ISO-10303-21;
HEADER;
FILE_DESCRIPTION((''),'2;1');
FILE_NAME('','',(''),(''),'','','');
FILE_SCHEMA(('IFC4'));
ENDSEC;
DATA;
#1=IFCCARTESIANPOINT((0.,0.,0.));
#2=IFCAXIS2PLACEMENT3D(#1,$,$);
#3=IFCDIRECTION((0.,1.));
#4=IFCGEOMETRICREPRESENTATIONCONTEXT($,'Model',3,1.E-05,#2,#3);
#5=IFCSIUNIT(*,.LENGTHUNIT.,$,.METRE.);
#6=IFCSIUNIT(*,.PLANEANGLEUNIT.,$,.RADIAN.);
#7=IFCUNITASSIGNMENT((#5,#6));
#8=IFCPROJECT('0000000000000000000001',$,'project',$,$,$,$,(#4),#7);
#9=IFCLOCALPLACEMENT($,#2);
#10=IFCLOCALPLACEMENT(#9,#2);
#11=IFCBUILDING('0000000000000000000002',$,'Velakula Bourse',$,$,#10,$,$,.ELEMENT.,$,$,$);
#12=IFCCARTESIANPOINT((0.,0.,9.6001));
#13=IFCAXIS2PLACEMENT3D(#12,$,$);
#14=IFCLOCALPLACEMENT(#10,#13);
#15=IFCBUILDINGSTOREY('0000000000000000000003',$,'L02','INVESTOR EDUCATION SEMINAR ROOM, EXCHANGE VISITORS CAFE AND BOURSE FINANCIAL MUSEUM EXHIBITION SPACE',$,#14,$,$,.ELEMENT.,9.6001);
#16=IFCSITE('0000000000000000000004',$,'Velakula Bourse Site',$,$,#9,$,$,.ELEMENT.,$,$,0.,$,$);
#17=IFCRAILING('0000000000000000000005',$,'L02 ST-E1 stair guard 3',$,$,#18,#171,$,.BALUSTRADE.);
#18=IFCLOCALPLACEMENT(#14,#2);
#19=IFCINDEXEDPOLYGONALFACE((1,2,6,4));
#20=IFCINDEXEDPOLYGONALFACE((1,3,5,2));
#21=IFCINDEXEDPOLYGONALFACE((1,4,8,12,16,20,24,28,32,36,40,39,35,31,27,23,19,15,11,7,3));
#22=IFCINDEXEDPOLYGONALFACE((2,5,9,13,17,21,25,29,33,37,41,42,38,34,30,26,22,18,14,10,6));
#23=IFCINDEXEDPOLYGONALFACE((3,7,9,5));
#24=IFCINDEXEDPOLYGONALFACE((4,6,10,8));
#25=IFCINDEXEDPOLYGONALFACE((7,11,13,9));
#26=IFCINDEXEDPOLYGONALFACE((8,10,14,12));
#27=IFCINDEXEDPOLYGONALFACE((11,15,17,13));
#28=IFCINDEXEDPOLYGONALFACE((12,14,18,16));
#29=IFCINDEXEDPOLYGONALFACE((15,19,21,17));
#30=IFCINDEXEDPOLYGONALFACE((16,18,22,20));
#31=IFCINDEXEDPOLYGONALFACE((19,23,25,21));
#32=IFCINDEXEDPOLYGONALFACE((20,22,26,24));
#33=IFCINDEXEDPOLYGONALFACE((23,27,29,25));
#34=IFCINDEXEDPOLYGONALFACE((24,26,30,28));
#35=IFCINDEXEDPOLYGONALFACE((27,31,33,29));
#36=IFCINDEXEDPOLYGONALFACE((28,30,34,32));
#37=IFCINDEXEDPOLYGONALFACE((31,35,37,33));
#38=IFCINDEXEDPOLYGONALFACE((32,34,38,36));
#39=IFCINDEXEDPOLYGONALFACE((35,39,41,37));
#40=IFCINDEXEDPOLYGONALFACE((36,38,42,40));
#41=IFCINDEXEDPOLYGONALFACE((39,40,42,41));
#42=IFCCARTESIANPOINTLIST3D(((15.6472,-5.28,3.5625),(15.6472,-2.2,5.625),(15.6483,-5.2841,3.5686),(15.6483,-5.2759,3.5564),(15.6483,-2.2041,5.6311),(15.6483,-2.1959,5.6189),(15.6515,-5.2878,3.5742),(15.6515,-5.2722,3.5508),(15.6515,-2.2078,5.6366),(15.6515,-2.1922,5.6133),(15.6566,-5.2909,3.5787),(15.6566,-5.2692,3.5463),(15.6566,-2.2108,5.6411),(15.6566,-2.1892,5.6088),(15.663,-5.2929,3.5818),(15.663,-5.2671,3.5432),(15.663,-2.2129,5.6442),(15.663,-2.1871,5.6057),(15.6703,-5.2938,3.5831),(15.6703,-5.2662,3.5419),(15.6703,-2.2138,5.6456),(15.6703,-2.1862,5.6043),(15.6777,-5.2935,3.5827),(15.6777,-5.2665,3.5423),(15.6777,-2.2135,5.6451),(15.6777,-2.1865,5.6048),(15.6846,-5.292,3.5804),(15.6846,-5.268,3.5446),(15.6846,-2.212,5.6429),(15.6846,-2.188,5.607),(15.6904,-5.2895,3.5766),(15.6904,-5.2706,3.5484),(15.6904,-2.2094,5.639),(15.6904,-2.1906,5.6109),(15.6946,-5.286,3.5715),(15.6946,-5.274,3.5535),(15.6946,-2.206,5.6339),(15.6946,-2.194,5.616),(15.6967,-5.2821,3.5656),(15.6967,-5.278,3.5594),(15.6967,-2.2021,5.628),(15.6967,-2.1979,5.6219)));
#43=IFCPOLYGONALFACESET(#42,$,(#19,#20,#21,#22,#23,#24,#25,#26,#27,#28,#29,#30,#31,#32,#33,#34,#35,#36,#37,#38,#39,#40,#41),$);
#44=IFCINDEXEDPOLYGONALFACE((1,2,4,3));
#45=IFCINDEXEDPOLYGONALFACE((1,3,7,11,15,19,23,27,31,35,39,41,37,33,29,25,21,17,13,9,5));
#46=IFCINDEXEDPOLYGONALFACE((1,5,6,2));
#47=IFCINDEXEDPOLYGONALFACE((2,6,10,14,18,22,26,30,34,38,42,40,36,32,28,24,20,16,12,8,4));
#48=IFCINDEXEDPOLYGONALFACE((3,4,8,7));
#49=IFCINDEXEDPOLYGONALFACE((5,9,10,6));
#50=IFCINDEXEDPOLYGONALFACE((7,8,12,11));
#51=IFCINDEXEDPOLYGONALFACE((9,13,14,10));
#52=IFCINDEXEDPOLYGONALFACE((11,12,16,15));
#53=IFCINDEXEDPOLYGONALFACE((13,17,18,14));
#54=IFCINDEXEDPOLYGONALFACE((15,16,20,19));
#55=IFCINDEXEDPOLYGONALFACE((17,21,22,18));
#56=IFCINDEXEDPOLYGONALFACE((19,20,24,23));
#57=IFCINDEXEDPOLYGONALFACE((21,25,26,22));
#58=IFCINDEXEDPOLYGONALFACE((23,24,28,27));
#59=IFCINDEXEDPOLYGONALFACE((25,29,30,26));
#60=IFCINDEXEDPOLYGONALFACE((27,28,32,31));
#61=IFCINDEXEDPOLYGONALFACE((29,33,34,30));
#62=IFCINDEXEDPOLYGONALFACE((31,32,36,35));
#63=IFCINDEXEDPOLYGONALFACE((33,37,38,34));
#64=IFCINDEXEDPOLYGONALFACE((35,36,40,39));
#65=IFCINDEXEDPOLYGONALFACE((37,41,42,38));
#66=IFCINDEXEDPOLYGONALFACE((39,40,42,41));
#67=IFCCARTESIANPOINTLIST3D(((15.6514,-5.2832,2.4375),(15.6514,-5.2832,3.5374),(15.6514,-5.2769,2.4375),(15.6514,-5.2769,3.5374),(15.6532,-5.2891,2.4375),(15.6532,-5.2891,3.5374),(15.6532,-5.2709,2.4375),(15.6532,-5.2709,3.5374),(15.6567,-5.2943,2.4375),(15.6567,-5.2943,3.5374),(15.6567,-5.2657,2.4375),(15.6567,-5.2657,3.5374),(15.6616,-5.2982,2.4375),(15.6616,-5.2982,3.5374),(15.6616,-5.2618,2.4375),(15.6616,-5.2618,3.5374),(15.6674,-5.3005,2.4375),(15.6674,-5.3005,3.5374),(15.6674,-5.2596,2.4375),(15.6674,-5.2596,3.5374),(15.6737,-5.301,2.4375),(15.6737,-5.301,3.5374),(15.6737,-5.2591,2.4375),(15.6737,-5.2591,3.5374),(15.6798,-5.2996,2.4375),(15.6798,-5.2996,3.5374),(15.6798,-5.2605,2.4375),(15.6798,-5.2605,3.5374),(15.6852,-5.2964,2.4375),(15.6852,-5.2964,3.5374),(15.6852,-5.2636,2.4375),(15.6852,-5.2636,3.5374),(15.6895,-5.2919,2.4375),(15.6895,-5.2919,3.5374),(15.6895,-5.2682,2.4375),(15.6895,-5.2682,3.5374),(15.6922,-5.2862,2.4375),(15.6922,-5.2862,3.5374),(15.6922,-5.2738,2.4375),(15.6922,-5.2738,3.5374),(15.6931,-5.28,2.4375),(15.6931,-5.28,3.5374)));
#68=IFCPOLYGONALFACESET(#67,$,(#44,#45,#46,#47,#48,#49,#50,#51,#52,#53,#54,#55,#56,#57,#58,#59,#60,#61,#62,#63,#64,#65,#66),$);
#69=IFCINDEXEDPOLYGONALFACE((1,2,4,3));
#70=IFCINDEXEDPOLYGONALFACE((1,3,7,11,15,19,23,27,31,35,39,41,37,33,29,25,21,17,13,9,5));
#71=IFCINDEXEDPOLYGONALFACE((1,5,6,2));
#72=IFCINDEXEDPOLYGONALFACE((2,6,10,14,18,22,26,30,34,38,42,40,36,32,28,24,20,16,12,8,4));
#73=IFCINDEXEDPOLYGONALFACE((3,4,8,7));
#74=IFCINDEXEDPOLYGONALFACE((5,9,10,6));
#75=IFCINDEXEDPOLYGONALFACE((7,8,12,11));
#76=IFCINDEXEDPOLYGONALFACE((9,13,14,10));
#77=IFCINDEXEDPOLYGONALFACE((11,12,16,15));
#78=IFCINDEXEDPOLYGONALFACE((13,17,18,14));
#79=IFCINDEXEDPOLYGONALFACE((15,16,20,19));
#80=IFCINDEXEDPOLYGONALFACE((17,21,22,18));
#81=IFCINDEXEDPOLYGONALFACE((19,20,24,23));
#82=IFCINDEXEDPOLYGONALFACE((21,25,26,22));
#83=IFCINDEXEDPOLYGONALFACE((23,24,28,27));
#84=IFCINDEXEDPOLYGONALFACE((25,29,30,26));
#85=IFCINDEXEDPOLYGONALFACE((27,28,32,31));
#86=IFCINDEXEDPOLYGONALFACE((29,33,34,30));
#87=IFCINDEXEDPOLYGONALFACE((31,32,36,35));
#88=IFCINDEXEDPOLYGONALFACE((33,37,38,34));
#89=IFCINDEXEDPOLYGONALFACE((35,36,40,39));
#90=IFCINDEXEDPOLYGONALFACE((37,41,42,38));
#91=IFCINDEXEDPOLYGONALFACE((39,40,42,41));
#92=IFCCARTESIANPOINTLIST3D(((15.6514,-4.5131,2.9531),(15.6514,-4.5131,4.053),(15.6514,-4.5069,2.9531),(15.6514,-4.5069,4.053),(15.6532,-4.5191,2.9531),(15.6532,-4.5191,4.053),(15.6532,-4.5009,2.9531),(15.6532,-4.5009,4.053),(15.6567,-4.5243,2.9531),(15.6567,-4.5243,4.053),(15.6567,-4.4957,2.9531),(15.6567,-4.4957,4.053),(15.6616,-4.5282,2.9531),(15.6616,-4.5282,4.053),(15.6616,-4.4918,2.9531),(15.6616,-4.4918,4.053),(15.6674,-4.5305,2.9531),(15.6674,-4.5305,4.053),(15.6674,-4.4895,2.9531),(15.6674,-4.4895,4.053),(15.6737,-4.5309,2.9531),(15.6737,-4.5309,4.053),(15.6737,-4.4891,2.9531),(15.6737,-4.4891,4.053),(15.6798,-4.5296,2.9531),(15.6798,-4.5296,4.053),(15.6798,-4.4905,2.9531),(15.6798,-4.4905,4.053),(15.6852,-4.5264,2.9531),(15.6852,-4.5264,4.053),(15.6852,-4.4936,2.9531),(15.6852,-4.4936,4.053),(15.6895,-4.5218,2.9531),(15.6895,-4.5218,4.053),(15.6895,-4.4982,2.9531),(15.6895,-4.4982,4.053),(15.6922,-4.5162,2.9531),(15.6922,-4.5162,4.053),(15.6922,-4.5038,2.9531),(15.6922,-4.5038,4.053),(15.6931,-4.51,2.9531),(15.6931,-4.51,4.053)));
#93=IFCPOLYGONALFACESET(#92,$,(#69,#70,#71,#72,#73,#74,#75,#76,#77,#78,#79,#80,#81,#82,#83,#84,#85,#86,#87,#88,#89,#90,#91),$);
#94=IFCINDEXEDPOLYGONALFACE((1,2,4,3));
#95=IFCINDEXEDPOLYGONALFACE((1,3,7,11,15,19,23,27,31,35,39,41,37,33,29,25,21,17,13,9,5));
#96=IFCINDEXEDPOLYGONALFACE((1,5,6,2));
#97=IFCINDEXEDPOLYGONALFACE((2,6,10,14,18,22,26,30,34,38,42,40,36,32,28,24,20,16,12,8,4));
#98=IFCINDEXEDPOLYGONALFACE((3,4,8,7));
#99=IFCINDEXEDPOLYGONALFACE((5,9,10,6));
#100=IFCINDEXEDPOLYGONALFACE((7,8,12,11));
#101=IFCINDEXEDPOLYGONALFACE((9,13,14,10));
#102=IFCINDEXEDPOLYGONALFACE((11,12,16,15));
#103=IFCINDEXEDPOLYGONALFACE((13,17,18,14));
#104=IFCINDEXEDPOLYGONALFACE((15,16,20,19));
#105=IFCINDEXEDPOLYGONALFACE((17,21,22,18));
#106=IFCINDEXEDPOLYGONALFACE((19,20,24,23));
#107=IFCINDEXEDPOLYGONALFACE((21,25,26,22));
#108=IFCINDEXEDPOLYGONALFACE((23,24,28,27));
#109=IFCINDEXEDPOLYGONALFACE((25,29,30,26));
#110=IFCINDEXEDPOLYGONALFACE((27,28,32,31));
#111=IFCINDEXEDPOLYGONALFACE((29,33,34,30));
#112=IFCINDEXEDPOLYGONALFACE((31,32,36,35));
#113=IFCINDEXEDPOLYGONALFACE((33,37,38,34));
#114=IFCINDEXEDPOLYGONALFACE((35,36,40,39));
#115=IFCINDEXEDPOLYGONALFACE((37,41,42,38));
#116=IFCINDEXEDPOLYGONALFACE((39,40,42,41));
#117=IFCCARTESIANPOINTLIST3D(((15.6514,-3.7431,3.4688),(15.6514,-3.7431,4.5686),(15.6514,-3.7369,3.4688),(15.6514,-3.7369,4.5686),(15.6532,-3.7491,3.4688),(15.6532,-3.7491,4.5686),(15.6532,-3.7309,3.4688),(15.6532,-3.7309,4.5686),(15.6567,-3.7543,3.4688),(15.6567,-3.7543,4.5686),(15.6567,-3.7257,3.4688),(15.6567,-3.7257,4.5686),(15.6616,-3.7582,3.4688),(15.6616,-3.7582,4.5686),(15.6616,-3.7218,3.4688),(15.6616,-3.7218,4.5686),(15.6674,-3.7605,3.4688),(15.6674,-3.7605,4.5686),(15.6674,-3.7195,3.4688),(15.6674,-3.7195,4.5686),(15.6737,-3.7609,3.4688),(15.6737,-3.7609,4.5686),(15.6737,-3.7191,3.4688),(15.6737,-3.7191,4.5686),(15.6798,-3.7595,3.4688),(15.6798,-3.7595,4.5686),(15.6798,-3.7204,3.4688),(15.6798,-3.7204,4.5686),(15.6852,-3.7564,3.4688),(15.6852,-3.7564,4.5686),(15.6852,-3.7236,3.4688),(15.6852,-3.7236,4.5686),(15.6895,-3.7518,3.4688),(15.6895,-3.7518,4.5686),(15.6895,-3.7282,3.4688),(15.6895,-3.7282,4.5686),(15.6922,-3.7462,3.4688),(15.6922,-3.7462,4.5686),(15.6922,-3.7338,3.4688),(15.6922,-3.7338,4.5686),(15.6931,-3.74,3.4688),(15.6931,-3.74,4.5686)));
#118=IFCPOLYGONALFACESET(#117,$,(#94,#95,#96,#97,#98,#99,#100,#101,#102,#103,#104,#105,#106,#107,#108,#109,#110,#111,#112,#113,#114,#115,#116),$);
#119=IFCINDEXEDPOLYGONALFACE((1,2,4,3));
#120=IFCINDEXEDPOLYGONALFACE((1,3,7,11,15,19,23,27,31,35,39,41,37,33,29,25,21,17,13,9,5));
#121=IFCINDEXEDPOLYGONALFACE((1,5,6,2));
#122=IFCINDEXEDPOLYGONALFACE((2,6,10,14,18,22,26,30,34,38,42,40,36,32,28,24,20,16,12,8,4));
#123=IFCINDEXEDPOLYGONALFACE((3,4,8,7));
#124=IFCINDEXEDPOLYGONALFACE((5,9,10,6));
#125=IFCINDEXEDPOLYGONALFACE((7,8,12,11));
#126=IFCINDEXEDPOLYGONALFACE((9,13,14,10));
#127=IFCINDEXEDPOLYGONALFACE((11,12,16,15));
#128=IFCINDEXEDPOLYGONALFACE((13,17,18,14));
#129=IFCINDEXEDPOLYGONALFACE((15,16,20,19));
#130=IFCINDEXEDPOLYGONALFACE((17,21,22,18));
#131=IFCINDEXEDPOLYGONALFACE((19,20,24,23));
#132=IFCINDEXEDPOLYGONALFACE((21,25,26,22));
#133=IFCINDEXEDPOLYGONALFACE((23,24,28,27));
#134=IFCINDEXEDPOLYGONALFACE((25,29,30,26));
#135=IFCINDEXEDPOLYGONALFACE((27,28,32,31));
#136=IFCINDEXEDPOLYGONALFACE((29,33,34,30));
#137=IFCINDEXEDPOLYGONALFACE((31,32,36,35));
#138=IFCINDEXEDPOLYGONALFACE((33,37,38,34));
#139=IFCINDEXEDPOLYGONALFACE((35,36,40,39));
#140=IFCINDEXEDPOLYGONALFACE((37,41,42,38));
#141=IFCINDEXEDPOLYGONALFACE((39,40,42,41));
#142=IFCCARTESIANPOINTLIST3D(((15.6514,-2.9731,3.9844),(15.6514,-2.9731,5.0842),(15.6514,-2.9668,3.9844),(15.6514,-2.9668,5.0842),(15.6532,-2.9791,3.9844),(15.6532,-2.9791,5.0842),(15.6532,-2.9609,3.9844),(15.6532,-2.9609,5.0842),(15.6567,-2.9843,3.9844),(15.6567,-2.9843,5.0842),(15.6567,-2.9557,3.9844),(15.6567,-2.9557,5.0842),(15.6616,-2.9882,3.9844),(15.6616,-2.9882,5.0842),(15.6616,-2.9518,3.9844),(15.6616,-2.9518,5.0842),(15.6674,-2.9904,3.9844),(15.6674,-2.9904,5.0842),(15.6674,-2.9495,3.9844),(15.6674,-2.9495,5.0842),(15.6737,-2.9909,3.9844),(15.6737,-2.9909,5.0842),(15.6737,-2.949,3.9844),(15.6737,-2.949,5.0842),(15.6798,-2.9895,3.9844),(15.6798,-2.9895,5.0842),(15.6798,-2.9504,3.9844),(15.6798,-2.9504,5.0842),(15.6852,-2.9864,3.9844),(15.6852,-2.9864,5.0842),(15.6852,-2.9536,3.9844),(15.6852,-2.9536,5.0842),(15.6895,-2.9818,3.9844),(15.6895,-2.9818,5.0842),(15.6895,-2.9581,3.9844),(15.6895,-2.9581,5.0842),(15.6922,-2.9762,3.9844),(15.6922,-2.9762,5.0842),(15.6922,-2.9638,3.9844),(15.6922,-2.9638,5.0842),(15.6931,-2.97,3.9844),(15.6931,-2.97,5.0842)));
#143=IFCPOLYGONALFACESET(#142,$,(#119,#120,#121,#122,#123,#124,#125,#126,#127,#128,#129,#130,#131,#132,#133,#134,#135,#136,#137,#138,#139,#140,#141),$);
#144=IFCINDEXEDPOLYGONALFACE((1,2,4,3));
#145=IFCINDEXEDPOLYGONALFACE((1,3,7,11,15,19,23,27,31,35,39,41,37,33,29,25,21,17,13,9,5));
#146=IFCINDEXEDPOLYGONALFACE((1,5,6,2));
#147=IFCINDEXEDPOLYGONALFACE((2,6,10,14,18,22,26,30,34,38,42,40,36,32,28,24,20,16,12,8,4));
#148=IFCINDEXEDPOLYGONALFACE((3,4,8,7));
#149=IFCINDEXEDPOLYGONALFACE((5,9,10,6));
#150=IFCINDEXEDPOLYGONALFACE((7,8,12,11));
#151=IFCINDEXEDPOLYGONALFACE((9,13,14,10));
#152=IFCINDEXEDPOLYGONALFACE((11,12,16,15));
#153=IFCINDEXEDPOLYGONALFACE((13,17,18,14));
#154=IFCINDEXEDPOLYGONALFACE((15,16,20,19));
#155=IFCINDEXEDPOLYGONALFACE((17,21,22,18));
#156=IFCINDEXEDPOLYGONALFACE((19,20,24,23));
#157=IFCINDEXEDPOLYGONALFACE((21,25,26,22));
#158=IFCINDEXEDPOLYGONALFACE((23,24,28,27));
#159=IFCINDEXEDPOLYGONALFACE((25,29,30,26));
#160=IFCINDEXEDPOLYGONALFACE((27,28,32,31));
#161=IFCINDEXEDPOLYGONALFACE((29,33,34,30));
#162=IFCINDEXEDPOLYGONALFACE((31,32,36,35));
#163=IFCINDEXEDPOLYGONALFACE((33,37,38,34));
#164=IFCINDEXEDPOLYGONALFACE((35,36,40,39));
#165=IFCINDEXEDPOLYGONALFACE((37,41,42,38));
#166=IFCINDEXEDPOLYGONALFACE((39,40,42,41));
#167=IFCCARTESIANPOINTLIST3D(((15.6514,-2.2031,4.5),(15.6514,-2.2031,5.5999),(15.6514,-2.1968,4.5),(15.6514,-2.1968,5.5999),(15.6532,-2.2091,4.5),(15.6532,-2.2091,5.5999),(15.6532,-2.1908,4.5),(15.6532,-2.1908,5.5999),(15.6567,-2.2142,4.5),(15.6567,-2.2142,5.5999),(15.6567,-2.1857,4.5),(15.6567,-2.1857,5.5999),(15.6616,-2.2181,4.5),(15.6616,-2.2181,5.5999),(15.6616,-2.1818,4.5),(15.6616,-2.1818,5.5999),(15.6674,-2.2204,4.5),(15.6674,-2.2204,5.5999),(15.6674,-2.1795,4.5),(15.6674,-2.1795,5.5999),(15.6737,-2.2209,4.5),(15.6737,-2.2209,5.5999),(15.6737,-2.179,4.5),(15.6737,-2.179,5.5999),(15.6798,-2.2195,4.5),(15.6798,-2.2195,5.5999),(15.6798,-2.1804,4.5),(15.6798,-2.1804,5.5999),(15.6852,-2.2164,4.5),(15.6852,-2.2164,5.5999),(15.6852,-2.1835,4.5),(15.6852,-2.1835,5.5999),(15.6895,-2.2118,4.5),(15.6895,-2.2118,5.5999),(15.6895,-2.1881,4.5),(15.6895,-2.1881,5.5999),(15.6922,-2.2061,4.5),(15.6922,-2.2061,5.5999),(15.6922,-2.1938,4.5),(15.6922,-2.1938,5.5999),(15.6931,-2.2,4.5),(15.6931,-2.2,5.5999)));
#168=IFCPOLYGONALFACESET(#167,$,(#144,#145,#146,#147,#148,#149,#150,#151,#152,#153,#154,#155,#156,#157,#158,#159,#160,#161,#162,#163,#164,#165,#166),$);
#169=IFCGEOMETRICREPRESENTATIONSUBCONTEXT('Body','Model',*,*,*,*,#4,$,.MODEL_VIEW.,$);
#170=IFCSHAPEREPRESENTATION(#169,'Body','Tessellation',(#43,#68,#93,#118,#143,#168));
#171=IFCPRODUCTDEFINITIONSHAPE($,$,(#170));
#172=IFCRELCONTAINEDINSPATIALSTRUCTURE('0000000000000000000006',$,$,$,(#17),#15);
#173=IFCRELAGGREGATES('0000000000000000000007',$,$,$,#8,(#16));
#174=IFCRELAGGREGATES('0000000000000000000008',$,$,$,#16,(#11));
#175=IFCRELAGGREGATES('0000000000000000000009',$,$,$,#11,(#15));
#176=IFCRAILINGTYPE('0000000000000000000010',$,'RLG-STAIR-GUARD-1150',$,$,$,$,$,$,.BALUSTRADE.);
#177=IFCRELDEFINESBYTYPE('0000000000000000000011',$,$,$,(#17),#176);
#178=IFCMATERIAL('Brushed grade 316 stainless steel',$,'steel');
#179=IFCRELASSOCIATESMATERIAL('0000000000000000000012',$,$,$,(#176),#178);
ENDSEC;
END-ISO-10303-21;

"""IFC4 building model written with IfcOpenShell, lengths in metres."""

from ifc_helpers import new_model, si_unit, direction, frame, origin, origin_2d, place, context, subcontext, project, spatial, circle, extrude, material, type_object, element, save


model = new_model("IFC4")

# Units and contexts
model_context = context("Model", 3, precision=1e-05, world=origin(), true_north=direction((0.0, 1.0)))
body_context = subcontext(model_context, "Body", "Model", "MODEL_VIEW")
ifc_project = project(units=[si_unit("LENGTHUNIT", "METRE"), si_unit("PLANEANGLEUNIT", "RADIAN")], contexts=[model_context])

# Site, building, storey
site_placement = place(None, origin())
site = spatial("IfcSite", under=ifc_project, at=site_placement, Name="Velakula Bourse Site", CompositionType="ELEMENT", RefElevation=0.0)
building_placement = place(site_placement, origin())
building = spatial("IfcBuilding", under=site, at=building_placement, Name="Velakula Bourse", CompositionType="ELEMENT")
storey_placement = place(building_placement, frame((0.0, 0.0, 9.6001)))
storey = spatial("IfcBuildingStorey", under=building, at=storey_placement, Name="L02", Description="INVESTOR EDUCATION SEMINAR ROOM, EXCHANGE VISITORS CAFE AND BOURSE FINANCIAL MUSEUM EXHIBITION SPACE", CompositionType="ELEMENT", Elevation=9.6001)

# Shared definitions
ifc_material_1 = material(Name="Brushed grade 316 stainless steel", Category="steel")

# Railing
railing_type_1 = type_object("IfcRailingType", Name="RLG-STAIR-GUARD-1150", PredefinedType="BALUSTRADE", material=ifc_material_1)
railing_1_placement = place(storey_placement, frame((15.6721, -5.28, 2.4375)))
element("IfcRailing", 1, at=railing_1_placement, inside=storey, type_object=railing_type_1, Name="L02 ST-E1 stair guard 3", PredefinedType="BALUSTRADE", context=body_context, shape_type="SweptSolid", body=[
    extrude(circle(Radius=0.0249, at=origin_2d()), frame((0.0, 0.0, 1.125), z_axis=(0.0, 0.830914, 0.556401), x_axis=(-1.0, 0.0, 0.0)), (0.0, 0.0, 1.0), 3.7068),
    extrude(circle(Radius=0.021, at=origin_2d()), origin(), (0.0, 0.0, 1.0), 1.0999),
    extrude(circle(Radius=0.021, at=origin_2d()), frame((0.0, 0.77, 0.5156)), (0.0, 0.0, 1.0), 1.0999),
    extrude(circle(Radius=0.021, at=origin_2d()), frame((0.0, 1.54, 1.0312)), (0.0, 0.0, 1.0), 1.0999),
    extrude(circle(Radius=0.021, at=origin_2d()), frame((0.0, 2.3101, 1.5469)), (0.0, 0.0, 1.0), 1.0999),
    extrude(circle(Radius=0.021, at=origin_2d()), frame((0.0, 3.0801, 2.0625)), (0.0, 0.0, 1.0), 1.0999),
])

save(model, "model.ifc")
